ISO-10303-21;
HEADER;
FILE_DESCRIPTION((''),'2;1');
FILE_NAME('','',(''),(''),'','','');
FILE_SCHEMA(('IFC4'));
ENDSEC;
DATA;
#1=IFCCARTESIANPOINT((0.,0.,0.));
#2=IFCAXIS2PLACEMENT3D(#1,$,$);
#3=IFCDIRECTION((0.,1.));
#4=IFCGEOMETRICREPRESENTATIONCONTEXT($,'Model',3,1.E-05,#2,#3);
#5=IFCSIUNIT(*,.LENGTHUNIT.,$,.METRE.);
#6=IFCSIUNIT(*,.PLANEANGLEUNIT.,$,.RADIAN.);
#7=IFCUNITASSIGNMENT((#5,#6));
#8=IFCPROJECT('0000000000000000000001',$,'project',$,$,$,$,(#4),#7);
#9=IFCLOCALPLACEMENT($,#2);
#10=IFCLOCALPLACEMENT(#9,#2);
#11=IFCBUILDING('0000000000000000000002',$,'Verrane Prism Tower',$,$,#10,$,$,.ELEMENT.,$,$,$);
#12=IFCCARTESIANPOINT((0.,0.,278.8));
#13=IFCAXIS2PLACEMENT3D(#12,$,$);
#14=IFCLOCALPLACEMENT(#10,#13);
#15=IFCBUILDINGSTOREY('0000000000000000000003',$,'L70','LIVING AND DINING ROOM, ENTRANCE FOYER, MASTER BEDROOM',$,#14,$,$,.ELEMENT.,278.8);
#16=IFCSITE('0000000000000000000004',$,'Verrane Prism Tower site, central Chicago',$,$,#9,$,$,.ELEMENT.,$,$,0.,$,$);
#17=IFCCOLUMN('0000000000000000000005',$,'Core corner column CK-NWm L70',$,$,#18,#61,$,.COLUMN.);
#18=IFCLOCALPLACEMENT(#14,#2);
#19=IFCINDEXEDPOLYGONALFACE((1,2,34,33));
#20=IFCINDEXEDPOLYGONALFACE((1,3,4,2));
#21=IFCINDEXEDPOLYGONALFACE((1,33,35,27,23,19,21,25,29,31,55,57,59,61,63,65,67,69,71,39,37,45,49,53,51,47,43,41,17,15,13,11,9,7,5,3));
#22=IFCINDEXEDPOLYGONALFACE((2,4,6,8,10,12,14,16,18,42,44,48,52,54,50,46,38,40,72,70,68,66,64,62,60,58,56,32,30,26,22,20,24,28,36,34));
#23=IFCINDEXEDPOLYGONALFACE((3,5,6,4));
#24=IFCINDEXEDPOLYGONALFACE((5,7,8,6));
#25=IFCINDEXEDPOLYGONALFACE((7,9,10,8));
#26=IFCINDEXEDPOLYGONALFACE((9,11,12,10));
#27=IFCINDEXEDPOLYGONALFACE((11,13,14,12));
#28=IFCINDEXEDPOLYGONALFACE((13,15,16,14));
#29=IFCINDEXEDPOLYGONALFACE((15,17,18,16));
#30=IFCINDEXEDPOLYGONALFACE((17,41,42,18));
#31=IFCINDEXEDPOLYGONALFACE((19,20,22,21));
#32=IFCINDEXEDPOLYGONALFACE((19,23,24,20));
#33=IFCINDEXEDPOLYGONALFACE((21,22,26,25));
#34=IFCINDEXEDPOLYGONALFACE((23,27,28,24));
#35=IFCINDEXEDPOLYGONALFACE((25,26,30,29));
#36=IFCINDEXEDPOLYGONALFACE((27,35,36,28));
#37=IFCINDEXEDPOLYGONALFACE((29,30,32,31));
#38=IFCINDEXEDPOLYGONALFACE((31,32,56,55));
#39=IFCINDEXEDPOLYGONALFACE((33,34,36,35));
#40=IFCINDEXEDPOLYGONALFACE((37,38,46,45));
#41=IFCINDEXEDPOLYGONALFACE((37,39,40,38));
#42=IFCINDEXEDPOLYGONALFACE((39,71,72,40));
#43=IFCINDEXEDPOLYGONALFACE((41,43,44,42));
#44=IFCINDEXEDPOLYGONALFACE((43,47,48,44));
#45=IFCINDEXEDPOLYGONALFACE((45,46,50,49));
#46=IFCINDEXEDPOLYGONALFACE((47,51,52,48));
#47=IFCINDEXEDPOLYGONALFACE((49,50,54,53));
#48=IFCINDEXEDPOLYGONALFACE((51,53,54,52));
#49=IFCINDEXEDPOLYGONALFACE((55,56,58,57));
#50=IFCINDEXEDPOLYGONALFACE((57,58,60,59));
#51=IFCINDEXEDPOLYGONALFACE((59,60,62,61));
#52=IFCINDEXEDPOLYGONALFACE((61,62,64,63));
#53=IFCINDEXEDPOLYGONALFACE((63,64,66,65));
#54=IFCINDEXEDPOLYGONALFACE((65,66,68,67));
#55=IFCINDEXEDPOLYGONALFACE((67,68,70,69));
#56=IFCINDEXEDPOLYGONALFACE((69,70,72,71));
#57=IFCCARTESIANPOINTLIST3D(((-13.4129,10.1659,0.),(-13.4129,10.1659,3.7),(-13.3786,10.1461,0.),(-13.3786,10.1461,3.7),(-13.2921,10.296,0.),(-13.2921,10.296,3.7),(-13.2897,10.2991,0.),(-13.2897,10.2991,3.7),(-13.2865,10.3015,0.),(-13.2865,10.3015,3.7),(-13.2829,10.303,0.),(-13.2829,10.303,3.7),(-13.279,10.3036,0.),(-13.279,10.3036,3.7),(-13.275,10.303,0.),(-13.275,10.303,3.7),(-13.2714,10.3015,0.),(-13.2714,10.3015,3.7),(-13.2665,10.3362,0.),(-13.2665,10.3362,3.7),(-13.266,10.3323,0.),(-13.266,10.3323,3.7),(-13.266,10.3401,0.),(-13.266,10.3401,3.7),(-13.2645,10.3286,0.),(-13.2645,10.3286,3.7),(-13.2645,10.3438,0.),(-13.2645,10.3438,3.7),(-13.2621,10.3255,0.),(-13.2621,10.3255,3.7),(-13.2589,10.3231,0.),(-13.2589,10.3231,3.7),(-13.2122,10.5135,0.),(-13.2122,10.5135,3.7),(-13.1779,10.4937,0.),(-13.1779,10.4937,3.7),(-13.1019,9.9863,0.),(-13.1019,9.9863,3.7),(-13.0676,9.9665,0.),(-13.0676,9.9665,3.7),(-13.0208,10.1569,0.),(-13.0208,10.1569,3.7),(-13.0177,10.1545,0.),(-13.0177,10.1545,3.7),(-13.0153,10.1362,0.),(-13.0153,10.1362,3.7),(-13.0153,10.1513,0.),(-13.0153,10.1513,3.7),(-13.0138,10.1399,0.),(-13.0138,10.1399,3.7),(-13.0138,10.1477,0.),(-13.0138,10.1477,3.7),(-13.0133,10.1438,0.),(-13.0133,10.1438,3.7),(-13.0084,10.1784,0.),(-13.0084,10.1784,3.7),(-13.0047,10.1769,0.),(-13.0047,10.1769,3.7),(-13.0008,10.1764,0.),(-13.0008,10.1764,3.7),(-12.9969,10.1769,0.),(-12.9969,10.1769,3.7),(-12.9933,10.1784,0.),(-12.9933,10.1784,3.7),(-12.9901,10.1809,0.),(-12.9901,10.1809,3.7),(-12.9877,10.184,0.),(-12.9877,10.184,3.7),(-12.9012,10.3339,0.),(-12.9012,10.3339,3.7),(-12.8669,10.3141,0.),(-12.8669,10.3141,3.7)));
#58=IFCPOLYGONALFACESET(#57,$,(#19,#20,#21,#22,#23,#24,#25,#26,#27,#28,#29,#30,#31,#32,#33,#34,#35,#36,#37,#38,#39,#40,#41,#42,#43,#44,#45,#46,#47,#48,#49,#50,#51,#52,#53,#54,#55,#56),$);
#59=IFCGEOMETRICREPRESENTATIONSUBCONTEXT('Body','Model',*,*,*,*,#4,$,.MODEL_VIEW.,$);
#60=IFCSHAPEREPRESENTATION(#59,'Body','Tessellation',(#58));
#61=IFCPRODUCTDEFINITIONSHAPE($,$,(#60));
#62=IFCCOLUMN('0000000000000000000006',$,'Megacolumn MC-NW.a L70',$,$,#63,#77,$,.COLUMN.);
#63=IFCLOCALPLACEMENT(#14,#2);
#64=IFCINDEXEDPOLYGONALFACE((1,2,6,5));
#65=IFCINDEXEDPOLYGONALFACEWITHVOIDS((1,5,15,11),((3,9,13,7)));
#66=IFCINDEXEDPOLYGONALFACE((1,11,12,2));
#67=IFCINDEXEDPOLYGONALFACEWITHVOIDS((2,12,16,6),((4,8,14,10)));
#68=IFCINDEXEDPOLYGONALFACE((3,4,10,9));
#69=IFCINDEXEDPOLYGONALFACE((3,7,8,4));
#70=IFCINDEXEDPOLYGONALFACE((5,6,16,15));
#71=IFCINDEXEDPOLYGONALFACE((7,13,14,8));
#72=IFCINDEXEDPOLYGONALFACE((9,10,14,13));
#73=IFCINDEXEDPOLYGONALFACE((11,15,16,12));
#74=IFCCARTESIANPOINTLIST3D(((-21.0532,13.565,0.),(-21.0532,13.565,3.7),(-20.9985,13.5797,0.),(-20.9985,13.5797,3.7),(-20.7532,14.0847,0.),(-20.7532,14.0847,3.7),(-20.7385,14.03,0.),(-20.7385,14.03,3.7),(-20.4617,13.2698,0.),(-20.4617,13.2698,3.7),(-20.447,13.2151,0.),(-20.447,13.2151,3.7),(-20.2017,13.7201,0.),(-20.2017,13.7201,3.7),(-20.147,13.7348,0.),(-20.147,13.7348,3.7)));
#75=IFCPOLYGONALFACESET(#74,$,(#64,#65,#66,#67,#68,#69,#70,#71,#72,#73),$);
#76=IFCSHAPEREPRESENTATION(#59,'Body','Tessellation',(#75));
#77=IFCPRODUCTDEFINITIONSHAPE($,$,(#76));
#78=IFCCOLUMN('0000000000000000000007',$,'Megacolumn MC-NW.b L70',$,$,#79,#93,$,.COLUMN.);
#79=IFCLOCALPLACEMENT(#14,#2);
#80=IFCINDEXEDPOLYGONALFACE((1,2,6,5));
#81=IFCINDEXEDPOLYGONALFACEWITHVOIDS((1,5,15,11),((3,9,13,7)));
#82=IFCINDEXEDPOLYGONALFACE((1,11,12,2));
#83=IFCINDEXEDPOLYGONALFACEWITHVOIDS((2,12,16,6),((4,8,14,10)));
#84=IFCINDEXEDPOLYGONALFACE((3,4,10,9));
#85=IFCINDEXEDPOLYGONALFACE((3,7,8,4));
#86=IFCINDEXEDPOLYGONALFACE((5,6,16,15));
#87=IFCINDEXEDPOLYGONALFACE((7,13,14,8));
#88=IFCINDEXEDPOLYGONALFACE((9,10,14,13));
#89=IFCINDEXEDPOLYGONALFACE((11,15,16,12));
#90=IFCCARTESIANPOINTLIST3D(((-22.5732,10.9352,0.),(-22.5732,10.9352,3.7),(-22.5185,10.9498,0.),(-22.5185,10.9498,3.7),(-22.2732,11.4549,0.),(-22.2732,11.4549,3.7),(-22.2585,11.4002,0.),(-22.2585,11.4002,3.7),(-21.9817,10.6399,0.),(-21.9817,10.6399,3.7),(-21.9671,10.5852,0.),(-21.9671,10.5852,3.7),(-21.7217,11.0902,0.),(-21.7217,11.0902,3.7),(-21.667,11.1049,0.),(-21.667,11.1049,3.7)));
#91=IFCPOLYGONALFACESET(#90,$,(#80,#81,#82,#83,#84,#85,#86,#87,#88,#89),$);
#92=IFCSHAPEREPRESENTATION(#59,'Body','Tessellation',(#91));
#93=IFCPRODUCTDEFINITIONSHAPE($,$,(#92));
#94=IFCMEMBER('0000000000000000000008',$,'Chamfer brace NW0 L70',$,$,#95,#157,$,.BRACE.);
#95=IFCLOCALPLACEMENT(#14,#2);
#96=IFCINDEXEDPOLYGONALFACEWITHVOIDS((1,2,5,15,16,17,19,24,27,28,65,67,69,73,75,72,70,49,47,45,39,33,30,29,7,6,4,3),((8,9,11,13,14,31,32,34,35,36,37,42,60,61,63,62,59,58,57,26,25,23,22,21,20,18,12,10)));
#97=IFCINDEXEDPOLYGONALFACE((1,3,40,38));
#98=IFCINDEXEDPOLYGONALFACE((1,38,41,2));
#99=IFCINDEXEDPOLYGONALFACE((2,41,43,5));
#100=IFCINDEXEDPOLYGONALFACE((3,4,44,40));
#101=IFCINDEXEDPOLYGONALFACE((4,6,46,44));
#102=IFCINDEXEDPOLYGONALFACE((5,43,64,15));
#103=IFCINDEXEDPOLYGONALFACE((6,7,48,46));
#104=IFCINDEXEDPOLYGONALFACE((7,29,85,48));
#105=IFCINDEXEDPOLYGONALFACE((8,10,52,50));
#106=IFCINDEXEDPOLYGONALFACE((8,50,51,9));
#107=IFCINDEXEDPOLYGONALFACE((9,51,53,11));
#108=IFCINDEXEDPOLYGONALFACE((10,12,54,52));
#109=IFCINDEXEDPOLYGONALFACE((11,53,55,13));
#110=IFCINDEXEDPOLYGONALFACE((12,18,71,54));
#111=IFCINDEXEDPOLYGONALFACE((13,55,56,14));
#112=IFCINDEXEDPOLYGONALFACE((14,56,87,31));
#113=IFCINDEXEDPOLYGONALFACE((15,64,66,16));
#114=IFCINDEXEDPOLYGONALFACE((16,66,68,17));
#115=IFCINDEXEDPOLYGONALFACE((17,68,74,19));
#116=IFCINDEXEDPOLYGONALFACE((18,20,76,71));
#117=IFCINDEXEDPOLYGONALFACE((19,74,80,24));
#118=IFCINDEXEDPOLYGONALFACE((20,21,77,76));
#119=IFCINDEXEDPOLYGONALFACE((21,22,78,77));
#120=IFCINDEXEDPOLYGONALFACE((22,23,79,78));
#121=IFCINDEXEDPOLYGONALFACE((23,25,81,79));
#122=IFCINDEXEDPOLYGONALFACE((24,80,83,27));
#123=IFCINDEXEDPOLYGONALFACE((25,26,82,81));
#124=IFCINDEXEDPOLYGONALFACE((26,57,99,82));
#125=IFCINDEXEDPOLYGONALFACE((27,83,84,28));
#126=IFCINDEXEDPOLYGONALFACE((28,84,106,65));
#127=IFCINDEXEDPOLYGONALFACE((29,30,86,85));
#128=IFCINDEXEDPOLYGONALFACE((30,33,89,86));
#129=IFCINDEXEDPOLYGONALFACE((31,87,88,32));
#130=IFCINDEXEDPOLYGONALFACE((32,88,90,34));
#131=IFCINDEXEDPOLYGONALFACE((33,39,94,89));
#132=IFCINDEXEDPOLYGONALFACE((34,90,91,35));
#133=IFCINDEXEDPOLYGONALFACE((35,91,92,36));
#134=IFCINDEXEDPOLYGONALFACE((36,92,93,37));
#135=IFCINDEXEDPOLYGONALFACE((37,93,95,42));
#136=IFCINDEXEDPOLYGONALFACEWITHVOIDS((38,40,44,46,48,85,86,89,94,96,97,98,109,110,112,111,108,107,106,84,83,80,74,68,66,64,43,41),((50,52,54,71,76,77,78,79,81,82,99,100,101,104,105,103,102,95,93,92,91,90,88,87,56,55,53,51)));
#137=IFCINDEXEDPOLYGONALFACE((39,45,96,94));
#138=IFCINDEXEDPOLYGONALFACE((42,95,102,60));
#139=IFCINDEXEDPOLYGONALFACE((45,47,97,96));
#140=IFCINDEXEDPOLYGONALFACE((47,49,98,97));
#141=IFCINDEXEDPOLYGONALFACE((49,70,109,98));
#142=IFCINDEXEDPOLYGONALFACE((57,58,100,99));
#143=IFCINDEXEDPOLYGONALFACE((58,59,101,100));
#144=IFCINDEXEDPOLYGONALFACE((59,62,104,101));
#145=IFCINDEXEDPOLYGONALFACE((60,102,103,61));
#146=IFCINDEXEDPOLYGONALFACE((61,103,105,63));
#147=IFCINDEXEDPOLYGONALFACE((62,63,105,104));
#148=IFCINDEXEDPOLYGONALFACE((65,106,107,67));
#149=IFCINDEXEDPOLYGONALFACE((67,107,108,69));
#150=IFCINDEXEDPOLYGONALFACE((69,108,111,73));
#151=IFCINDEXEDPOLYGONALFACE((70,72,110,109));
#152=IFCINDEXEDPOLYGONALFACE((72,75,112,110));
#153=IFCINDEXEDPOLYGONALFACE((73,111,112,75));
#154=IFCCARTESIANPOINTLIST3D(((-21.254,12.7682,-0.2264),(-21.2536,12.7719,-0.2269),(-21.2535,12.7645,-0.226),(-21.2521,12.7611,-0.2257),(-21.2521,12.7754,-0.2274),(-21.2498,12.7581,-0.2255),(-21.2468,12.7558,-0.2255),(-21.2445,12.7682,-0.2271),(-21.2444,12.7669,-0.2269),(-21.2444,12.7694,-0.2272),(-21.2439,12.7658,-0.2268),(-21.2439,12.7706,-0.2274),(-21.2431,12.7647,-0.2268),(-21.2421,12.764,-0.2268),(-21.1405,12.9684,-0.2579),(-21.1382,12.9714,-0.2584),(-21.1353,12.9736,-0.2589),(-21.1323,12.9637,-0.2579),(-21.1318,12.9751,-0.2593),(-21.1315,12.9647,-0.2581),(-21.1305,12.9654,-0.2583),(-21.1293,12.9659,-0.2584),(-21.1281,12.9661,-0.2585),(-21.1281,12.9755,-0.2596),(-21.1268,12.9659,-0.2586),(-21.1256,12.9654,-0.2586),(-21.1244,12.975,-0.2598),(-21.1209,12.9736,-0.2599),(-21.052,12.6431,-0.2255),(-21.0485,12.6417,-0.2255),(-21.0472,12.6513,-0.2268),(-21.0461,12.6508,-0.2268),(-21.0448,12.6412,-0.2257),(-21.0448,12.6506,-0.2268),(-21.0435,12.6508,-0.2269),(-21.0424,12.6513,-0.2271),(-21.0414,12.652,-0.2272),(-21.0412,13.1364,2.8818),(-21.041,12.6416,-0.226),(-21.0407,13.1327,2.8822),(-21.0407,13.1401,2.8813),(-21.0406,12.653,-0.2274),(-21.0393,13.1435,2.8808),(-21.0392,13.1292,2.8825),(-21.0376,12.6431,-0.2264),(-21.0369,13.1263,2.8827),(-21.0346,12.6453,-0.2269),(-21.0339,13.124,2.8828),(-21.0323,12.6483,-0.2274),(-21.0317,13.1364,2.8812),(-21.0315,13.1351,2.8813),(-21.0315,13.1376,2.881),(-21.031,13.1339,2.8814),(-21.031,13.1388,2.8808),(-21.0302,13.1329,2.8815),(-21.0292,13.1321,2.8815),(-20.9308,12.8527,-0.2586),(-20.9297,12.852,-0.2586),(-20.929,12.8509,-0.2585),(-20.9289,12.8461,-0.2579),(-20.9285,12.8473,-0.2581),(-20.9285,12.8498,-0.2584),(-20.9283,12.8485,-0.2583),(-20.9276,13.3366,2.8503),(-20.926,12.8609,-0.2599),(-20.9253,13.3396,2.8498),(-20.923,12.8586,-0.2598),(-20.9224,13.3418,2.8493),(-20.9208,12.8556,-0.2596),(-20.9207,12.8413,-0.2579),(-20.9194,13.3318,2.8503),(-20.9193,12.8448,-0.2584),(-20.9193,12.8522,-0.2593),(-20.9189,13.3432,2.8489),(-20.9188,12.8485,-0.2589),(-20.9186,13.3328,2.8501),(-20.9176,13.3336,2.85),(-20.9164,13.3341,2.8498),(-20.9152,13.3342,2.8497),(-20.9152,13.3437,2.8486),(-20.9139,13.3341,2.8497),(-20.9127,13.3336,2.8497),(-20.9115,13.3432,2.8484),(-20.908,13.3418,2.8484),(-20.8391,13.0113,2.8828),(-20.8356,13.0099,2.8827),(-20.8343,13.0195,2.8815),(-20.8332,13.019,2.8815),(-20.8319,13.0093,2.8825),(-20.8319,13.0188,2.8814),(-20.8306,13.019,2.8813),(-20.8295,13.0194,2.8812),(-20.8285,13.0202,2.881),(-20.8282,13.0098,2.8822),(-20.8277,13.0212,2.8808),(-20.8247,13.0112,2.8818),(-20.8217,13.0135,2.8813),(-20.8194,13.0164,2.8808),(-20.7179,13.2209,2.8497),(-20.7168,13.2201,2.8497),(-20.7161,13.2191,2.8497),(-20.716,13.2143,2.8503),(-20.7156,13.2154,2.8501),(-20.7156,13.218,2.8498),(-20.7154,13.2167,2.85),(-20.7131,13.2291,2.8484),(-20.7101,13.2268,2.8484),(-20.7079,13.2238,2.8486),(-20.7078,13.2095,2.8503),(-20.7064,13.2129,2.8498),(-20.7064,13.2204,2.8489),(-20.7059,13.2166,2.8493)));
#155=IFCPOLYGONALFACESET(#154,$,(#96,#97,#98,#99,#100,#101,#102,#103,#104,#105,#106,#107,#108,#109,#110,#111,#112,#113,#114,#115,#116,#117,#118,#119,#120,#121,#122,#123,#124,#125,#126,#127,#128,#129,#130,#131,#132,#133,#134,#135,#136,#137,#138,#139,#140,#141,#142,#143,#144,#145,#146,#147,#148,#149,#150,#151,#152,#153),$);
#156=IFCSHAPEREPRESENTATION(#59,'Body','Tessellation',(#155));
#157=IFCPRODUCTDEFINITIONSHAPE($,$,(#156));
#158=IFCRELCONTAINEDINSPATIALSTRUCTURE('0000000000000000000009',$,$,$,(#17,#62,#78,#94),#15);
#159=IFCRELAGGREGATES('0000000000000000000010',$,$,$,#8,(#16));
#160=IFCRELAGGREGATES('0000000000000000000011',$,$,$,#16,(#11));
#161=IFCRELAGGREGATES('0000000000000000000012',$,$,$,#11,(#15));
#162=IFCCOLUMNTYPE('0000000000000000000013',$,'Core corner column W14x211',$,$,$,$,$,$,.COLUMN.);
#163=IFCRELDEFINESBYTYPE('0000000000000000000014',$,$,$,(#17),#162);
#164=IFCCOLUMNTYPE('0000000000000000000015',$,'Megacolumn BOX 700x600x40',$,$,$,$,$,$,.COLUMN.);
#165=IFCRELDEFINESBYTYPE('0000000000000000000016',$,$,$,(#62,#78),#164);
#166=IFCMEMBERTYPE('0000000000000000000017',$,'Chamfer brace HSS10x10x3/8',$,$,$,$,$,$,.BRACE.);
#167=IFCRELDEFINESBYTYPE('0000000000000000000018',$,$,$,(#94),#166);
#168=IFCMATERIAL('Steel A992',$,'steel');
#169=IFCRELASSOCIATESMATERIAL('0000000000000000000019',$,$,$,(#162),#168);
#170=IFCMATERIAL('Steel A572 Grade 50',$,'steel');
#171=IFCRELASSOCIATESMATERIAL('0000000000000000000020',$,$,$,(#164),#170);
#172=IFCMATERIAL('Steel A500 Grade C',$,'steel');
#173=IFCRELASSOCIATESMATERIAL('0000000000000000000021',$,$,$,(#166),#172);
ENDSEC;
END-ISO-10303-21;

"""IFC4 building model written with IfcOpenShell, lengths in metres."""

from ifc_helpers import new_model, si_unit, direction, frame, origin, origin_2d, place, context, subcontext, project, spatial, hollow_rectangle, i_section, extrude, material, material_profile, profile_set, type_object, element, save


model = new_model("IFC4")

# Units and contexts
model_context = context("Model", 3, precision=1e-05, world=origin(), true_north=direction((0.0, 1.0)))
body_context = subcontext(model_context, "Body", "Model", "MODEL_VIEW")
ifc_project = project(units=[si_unit("LENGTHUNIT", "METRE"), si_unit("PLANEANGLEUNIT", "RADIAN")], contexts=[model_context])

# Site, building, storey
site_placement = place(None, origin())
site = spatial("IfcSite", under=ifc_project, at=site_placement, Name="Verrane Prism Tower site, central Chicago", CompositionType="ELEMENT", RefElevation=0.0)
building_placement = place(site_placement, origin())
building = spatial("IfcBuilding", under=site, at=building_placement, Name="Verrane Prism Tower", CompositionType="ELEMENT")
storey_placement = place(building_placement, frame((0.0, 0.0, 278.8)))
storey = spatial("IfcBuildingStorey", under=building, at=storey_placement, Name="L70", Description="LIVING AND DINING ROOM, ENTRANCE FOYER, MASTER BEDROOM", CompositionType="ELEMENT", Elevation=278.8)

# Columns
ifc_material_1 = material(Name="Steel A992", Category="steel")
ifc_material_profile_1 = material_profile(ifc_material_1, i_section(OverallWidth=0.4014, OverallDepth=0.3987, WebThickness=0.0249, FlangeThickness=0.0396, FilletRadius=0.0151, at=origin_2d()), Name="W14x211")
ifc_profile_set_1 = profile_set([ifc_material_profile_1], Name="Steel A992")
column_type_1 = type_object("IfcColumnType", Name="Core corner column W14x211", PredefinedType="COLUMN", material=ifc_profile_set_1)
column_placement = place(storey_placement, frame((-13.1399, 10.24, 0.0), z_axis=(0.0, 0.0, 1.0), x_axis=(0.5, 0.866025, 0.0)))
element("IfcColumn", 1, at=column_placement, inside=storey, type_object=column_type_1, Name="Core corner column CK-NWm L70", PredefinedType="COLUMN", context=body_context, shape_type="SweptSolid", body=[
    extrude(i_section(OverallWidth=0.4014, OverallDepth=0.3987, WebThickness=0.0249, FlangeThickness=0.0396, FilletRadius=0.0151, at=origin_2d()), origin(), (0.0, 0.0, 1.0), 3.7),
])
ifc_material_2 = material(Name="Steel A572 Grade 50", Category="steel")
ifc_material_profile_2 = material_profile(ifc_material_2, hollow_rectangle(XDim=0.6001, YDim=0.7, WallThickness=0.04, at=origin_2d()), Name="BOX 700x600x40")
ifc_profile_set_2 = profile_set([ifc_material_profile_2], Name="Steel A572 Grade 50")
column_type_2 = type_object("IfcColumnType", Name="Megacolumn BOX 700x600x40", PredefinedType="COLUMN", material=ifc_profile_set_2)
for number, where, z_axis, x_axis, name in (
    (2, (-20.6001, 13.6499, 0.0), (0.0, 0.0, 1.0), (0.5, 0.866025, 0.0), "Megacolumn MC-NW.a L70"),
    (3, (-22.1201, 11.02, 0.0), (0.0, 0.0, 1.0), (0.5, 0.866025, 0.0), "Megacolumn MC-NW.b L70"),
):
    element("IfcColumn", number, at=place(storey_placement, frame(where, z_axis=z_axis, x_axis=x_axis)), inside=storey, type_object=column_type_2, Name=name, PredefinedType="COLUMN", context=body_context, shape_type="SweptSolid", body=[
        extrude(hollow_rectangle(XDim=0.6001, YDim=0.7, WallThickness=0.04, at=origin_2d()), origin(), (0.0, 0.0, 1.0), 3.7),
    ])

# Member
ifc_material_3 = material(Name="Steel A500 Grade C", Category="steel")
ifc_material_profile_3 = material_profile(ifc_material_3, hollow_rectangle(XDim=0.2539, YDim=0.2539, WallThickness=0.0095, InnerFilletRadius=0.0049, OuterFilletRadius=0.0144, at=origin_2d()), Name="HSS10x10x3/8")
ifc_profile_set_3 = profile_set([ifc_material_profile_3], Name="Steel A500 Grade C")
member_type_1 = type_object("IfcMemberType", Name="Chamfer brace HSS10x10x3/8", PredefinedType="BRACE", material=ifc_profile_set_3)
member_1_placement = place(storey_placement, frame((-21.0864, 12.8083, -0.2427), z_axis=(0.067862, 0.117358, 0.990768), x_axis=(-0.865688, 0.500584, 0.0)))
element("IfcMember", 4, at=member_1_placement, inside=storey, type_object=member_type_1, Name="Chamfer brace NW0 L70", PredefinedType="BRACE", context=body_context, shape_type="SweptSolid", body=[
    extrude(hollow_rectangle(XDim=0.2539, YDim=0.2539, WallThickness=0.0095, InnerFilletRadius=0.0049, OuterFilletRadius=0.0144, at=origin_2d()), origin(), (0.0, 0.0, 1.0), 3.1372),
])

save(model, "model.ifc")
